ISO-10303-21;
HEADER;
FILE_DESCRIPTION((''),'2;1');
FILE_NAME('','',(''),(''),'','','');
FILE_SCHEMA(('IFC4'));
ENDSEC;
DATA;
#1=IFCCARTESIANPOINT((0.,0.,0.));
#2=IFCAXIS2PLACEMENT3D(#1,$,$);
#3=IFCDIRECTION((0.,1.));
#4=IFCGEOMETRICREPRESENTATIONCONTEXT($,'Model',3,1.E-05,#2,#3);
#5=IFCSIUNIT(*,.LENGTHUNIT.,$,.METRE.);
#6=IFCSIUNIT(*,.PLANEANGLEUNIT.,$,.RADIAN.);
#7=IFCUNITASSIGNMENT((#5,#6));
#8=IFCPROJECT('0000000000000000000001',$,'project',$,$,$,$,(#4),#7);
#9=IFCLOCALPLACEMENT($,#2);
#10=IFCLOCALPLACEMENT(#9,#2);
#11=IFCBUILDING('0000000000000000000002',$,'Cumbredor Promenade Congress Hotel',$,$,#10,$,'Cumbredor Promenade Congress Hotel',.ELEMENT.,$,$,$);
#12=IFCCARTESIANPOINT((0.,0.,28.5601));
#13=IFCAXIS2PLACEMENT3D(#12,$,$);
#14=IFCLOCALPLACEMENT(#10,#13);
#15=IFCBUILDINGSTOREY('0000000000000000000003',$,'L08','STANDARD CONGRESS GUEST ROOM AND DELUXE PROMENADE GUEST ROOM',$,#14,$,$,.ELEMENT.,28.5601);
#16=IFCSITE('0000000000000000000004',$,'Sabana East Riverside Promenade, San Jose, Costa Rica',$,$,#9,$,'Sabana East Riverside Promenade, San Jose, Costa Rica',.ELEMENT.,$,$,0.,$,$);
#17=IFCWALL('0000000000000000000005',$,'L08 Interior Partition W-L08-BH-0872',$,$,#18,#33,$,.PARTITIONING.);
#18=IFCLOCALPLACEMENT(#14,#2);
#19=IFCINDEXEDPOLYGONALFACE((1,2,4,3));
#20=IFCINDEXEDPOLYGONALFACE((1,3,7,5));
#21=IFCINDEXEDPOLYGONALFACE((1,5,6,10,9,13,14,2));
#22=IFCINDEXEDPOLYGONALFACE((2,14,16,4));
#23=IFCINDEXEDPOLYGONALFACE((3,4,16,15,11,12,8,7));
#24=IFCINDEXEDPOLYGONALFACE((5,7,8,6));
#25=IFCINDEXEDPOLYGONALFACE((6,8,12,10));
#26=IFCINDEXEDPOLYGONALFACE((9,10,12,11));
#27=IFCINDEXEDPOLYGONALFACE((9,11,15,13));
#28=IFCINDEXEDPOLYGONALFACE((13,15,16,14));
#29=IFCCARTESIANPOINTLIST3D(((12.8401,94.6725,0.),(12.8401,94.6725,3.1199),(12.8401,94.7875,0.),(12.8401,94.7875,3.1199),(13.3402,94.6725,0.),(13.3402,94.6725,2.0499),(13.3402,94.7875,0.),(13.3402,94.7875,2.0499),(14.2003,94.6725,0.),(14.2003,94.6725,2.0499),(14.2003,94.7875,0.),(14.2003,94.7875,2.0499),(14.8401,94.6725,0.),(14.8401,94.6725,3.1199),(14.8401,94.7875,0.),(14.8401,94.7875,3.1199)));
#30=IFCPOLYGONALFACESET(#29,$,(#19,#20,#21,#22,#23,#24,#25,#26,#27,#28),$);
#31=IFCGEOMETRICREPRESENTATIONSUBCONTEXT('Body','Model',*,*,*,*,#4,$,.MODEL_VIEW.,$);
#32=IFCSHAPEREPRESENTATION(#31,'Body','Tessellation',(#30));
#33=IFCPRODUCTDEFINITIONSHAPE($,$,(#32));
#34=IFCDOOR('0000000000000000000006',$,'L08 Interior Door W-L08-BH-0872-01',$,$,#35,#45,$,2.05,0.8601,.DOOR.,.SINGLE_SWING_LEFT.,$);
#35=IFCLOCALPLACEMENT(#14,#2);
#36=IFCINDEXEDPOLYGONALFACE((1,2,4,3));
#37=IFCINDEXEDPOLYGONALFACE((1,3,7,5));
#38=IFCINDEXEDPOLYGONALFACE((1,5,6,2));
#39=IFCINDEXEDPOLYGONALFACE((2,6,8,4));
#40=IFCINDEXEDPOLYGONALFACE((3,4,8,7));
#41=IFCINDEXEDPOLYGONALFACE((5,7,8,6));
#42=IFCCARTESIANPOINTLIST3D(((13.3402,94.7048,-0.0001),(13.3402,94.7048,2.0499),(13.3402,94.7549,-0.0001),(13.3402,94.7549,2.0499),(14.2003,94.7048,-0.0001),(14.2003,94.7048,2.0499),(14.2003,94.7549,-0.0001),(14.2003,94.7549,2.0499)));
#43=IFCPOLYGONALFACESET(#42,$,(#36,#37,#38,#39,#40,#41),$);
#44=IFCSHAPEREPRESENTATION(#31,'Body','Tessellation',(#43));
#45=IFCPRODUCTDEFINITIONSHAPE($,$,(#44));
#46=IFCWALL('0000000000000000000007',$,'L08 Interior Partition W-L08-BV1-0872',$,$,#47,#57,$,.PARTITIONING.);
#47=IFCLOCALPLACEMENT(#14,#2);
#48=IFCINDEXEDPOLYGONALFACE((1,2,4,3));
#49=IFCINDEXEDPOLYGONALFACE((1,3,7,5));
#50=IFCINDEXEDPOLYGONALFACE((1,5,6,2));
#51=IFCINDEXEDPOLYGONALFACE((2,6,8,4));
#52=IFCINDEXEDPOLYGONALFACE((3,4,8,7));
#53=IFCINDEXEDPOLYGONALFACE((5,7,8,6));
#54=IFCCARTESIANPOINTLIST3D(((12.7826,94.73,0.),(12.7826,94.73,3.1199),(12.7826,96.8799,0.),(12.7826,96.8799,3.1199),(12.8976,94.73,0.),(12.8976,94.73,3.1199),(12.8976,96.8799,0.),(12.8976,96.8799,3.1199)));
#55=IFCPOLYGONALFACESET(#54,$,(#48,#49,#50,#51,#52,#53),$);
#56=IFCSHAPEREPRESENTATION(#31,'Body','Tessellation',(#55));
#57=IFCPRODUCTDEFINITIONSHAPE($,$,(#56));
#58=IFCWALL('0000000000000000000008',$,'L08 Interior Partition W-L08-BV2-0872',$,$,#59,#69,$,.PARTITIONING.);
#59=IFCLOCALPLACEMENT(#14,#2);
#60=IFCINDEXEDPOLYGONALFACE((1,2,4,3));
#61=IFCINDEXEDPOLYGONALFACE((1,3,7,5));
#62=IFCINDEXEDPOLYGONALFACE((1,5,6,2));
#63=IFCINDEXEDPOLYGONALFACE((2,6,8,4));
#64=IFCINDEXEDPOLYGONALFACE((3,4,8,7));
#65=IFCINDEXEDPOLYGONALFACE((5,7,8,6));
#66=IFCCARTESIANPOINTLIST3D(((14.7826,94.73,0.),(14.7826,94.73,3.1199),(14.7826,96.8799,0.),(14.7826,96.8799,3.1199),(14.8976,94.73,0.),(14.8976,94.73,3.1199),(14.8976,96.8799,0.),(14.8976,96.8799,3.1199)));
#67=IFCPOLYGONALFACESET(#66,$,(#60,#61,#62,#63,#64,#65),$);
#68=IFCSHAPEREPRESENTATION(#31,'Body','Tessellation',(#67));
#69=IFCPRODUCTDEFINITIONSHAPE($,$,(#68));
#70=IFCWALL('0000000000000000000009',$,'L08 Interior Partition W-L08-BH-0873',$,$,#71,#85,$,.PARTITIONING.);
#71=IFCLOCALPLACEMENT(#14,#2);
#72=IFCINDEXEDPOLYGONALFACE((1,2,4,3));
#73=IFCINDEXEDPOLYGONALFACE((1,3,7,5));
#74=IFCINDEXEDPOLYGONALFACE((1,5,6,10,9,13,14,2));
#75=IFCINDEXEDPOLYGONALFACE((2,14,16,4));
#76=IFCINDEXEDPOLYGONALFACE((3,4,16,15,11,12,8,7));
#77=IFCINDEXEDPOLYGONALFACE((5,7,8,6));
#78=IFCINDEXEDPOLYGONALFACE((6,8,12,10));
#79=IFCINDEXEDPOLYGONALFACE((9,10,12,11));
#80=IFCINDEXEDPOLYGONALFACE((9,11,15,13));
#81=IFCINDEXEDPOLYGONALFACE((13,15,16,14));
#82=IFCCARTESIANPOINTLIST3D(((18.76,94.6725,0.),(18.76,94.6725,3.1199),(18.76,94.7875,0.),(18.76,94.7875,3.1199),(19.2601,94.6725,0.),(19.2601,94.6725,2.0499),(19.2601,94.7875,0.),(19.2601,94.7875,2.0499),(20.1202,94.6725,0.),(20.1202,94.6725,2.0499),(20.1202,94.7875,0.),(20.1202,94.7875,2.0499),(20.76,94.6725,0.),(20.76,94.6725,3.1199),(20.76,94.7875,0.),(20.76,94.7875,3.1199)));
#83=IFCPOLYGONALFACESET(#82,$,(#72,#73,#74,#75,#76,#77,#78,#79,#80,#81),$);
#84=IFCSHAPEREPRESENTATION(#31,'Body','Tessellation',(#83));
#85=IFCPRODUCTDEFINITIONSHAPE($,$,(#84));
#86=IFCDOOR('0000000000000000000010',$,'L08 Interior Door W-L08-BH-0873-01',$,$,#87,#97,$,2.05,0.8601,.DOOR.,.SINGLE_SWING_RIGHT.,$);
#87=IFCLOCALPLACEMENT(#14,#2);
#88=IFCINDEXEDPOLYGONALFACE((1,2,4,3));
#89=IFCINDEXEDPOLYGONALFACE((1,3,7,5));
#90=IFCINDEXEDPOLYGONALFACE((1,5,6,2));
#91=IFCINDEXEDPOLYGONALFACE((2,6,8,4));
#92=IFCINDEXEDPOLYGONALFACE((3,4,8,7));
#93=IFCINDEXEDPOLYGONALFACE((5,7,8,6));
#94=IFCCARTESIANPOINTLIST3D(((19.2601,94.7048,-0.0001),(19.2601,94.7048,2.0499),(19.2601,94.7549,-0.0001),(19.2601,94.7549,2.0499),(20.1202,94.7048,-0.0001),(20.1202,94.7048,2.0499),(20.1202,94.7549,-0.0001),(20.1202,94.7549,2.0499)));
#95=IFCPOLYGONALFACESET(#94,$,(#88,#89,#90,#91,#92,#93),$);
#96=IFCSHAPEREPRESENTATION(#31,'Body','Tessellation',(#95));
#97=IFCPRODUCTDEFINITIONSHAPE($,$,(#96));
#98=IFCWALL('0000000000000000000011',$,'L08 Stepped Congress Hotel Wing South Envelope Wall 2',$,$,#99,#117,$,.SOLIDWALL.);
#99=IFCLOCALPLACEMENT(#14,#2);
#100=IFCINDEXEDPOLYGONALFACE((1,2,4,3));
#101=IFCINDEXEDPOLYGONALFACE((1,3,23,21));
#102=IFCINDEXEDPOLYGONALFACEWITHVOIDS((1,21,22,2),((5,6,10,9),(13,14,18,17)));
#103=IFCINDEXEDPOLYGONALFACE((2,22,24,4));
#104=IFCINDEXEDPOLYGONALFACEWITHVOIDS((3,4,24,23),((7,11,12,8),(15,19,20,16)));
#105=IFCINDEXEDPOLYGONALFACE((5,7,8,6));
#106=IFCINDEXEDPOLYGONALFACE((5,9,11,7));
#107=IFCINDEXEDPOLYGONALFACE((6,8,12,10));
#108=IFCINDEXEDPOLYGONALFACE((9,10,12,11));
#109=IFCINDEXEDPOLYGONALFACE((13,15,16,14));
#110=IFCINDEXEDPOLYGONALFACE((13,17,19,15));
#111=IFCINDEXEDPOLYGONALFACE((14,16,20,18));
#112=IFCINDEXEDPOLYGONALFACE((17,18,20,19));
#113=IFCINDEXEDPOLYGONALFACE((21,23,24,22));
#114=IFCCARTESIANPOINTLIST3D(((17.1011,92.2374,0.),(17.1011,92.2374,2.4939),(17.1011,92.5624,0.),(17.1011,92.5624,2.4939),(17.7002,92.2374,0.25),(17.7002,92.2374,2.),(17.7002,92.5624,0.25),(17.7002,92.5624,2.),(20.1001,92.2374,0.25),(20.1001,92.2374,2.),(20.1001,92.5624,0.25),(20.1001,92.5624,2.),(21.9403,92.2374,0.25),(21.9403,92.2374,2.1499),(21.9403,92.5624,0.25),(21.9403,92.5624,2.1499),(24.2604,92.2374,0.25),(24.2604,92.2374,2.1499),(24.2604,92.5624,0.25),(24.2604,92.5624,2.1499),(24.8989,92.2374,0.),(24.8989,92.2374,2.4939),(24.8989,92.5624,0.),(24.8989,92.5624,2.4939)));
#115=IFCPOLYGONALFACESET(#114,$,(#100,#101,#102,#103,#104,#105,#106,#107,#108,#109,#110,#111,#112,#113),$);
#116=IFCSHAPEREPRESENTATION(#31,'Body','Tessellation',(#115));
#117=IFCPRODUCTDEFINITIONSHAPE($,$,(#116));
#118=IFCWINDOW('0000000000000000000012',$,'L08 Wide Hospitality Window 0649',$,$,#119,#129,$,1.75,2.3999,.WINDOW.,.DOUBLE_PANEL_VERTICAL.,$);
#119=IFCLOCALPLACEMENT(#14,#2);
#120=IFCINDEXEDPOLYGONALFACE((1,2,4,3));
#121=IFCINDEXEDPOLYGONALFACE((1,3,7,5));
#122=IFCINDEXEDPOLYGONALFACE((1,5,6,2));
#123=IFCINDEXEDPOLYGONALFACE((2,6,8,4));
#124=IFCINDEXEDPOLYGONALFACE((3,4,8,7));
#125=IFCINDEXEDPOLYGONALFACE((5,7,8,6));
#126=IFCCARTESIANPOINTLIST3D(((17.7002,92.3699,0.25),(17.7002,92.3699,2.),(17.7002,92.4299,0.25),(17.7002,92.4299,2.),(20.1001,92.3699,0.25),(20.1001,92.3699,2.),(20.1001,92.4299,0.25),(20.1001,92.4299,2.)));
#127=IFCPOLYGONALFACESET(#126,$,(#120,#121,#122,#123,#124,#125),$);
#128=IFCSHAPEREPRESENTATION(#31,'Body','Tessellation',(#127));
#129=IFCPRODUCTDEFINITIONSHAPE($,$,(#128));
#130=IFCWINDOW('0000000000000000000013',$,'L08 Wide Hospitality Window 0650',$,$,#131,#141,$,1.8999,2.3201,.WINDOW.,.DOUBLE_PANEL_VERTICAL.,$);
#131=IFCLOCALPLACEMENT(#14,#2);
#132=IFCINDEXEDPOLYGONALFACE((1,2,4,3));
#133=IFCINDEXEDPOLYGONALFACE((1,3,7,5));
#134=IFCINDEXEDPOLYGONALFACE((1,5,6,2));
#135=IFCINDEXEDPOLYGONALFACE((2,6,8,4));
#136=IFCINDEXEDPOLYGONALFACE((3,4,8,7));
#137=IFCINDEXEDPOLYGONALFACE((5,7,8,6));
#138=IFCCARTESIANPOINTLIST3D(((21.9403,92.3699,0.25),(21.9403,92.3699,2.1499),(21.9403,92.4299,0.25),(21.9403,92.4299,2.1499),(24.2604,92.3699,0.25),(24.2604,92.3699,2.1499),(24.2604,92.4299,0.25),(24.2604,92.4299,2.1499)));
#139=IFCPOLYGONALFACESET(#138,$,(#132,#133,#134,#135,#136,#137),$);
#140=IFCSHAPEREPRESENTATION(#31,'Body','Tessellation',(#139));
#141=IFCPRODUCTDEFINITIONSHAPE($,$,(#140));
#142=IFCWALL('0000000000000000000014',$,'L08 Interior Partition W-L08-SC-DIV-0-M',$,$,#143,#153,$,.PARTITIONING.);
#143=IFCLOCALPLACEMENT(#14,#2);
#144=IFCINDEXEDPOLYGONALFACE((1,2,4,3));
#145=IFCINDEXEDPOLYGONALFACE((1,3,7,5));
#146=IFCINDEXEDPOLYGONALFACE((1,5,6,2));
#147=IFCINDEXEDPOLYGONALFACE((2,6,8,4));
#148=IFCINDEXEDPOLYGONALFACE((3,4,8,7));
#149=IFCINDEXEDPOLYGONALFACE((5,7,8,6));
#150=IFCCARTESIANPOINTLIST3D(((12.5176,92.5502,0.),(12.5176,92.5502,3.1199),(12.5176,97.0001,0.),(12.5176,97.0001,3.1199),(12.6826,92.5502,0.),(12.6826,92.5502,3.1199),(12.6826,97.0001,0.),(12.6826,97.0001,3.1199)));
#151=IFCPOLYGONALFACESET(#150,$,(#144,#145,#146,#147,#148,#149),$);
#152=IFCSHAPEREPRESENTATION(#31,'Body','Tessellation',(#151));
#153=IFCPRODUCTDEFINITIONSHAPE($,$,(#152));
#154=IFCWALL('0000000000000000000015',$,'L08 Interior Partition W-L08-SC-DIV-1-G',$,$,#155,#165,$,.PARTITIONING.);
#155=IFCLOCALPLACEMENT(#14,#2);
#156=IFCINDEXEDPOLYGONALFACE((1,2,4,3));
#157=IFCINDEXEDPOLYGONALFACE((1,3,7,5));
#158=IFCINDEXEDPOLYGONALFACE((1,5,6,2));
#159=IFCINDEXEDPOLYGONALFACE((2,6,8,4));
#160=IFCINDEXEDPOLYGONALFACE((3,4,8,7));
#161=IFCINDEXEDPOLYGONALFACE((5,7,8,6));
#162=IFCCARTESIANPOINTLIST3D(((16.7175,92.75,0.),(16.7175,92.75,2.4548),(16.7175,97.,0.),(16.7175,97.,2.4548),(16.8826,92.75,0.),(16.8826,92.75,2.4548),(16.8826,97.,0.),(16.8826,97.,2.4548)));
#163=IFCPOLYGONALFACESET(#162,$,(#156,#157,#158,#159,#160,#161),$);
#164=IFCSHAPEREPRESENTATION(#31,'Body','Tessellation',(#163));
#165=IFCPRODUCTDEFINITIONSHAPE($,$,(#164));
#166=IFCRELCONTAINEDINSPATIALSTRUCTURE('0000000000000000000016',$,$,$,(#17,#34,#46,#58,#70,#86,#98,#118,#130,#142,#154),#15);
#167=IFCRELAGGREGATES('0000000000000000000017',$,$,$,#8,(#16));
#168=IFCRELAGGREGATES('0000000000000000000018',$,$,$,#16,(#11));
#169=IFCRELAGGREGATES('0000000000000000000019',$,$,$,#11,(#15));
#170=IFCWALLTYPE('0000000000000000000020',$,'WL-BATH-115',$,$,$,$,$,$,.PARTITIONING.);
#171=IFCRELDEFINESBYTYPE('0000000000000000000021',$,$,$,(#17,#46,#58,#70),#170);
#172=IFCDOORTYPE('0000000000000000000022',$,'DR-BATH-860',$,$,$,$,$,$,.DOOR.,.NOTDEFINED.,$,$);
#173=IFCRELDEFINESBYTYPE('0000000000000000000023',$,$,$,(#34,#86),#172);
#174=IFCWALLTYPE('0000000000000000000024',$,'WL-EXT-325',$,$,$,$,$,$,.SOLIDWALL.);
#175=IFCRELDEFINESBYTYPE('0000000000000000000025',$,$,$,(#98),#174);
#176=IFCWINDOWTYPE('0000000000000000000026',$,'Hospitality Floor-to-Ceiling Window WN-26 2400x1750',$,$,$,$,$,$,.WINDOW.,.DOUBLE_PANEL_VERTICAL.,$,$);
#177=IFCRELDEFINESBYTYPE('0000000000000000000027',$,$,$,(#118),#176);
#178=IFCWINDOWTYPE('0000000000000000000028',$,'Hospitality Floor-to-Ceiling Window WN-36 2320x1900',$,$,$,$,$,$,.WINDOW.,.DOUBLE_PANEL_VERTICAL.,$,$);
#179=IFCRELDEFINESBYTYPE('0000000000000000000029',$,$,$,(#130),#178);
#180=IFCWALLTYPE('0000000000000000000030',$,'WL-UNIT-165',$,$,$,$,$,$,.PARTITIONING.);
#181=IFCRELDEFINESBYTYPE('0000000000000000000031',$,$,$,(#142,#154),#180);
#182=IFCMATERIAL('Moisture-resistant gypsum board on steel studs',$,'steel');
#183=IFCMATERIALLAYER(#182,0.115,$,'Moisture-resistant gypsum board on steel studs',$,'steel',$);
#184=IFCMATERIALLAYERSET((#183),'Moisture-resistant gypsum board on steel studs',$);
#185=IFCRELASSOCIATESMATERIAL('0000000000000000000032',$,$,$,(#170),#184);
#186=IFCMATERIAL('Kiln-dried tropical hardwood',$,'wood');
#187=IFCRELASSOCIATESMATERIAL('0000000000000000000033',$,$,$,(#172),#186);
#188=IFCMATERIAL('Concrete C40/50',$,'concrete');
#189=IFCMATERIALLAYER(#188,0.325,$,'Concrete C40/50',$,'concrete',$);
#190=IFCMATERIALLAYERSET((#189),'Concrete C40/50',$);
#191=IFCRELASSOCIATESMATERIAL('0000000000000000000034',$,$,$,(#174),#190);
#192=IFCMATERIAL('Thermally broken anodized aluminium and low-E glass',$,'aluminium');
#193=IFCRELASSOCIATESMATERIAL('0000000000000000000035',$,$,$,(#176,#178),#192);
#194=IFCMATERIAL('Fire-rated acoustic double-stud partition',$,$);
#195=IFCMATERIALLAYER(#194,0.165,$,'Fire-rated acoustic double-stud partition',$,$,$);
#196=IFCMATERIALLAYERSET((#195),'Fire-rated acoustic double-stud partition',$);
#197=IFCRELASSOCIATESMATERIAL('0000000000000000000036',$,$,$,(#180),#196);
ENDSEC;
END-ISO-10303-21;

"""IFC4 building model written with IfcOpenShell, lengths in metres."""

from ifc_helpers import new_model, si_unit, direction, frame, frame_2d, origin, place, context, subcontext, project, spatial, rectangle, extrude, material, layer, layer_set, type_object, element, fill, save


model = new_model("IFC4")

# Units and contexts
model_context = context("Model", 3, precision=1e-05, world=origin(), true_north=direction((0.0, 1.0)))
body_context = subcontext(model_context, "Body", "Model", "MODEL_VIEW")
ifc_project = project(units=[si_unit("LENGTHUNIT", "METRE"), si_unit("PLANEANGLEUNIT", "RADIAN")], contexts=[model_context])

# Site, building, storey
site_placement = place(None, origin())
site = spatial("IfcSite", under=ifc_project, at=site_placement, Name="Sabana East Riverside Promenade, San Jose, Costa Rica", LongName="Sabana East Riverside Promenade, San Jose, Costa Rica", CompositionType="ELEMENT", RefElevation=0.0)
building_placement = place(site_placement, origin())
building = spatial("IfcBuilding", under=site, at=building_placement, Name="Cumbredor Promenade Congress Hotel", LongName="Cumbredor Promenade Congress Hotel", CompositionType="ELEMENT")
storey_placement = place(building_placement, frame((0.0, 0.0, 28.5601)))
storey = spatial("IfcBuildingStorey", under=building, at=storey_placement, Name="L08", Description="STANDARD CONGRESS GUEST ROOM AND DELUXE PROMENADE GUEST ROOM", CompositionType="ELEMENT", Elevation=28.5601)

# Shared definitions
ifc_material_1 = material(Name="Concrete C40/50", Category="concrete")

# Shared definitions
ifc_material_2 = material(Name="Thermally broken anodized aluminium and low-E glass", Category="aluminium")

# Shared definitions
ifc_material_3 = material(Name="Kiln-dried tropical hardwood", Category="wood")

# Shared definitions
ifc_material_4 = material(Name="Moisture-resistant gypsum board on steel studs", Category="steel")
ifc_layer_1 = layer(ifc_material_4, 0.115, Name="Moisture-resistant gypsum board on steel studs", Category="steel")
ifc_layer_set_1 = layer_set([ifc_layer_1], Name="Moisture-resistant gypsum board on steel studs")
wall_type_1 = type_object("IfcWallType", Name="WL-BATH-115", PredefinedType="PARTITIONING", material=ifc_layer_set_1)

# Wall, opening, door
wall_1_placement = place(storey_placement, frame((12.8401, 94.73, 0.0), z_axis=(0.0, 0.0, 1.0), x_axis=(1.0, 0.0, 0.0)))
wall_1 = element("IfcWall", 1, at=wall_1_placement, inside=storey, type_object=wall_type_1, Name="L08 Interior Partition W-L08-BH-0872", PredefinedType="PARTITIONING", context=body_context, shape_type="SweptSolid", body=[
    extrude(rectangle(XDim=2.0, YDim=0.115, at=frame_2d((1.0, 0.0))), origin(), (0.0, 0.0, 1.0), 3.1199),
])
opening_1_placement = place(wall_1_placement, frame((0.5, 0.0, 0.0)))
opening_1 = element("IfcOpeningElement", 2, at=opening_1_placement, cuts=wall_1, PredefinedType="OPENING", context=body_context, shape_type="SweptSolid", body=[
    extrude(rectangle(XDim=0.8601, YDim=2.05, at=frame_2d((0.4302, 1.0249))), frame((0.0, 0.0674, 0.0), z_axis=(0.0, -1.0, 0.0), x_axis=(1.0, 0.0, 0.0)), (0.0, 0.0, 1.0), 0.135),
])
door_type = type_object("IfcDoorType", Name="DR-BATH-860", OperationType="NOTDEFINED", PredefinedType="DOOR", material=ifc_material_3)
door_1_placement = place(opening_1_placement, origin())
door_1 = element("IfcDoor", 3, at=door_1_placement, inside=storey, type_object=door_type, Name="L08 Interior Door W-L08-BH-0872-01", OperationType="SINGLE_SWING_LEFT", OverallHeight=2.05, OverallWidth=0.8601, PredefinedType="DOOR", context=body_context, shape_type="SweptSolid", body=[
    extrude(rectangle(XDim=0.8601, YDim=2.05, at=frame_2d((0.4302, 1.0249))), frame((0.0, 0.0249, 0.0), z_axis=(0.0, -1.0, 0.0), x_axis=(1.0, 0.0, 0.0)), (0.0, 0.0, 1.0), 0.05),
])
fill(opening_1, door_1)

# Walls
for number, where, z_axis, x_axis, name in (
    (4, (12.8401, 94.73, 0.0), (0.0, 0.0, 1.0), (0.0, 1.0, 0.0), "L08 Interior Partition W-L08-BV1-0872"),
    (5, (14.8401, 94.73, 0.0), (0.0, 0.0, 1.0), (0.0, 1.0, 0.0), "L08 Interior Partition W-L08-BV2-0872"),
):
    element("IfcWall", number, at=place(storey_placement, frame(where, z_axis=z_axis, x_axis=x_axis)), inside=storey, type_object=wall_type_1, Name=name, PredefinedType="PARTITIONING", context=body_context, shape_type="SweptSolid", body=[
        extrude(rectangle(XDim=2.1499, YDim=0.115, at=frame_2d((1.075, 0.0))), origin(), (0.0, 0.0, 1.0), 3.1199),
    ])

# Wall, opening, door
wall_2_placement = place(storey_placement, frame((18.76, 94.73, 0.0), z_axis=(0.0, 0.0, 1.0), x_axis=(1.0, 0.0, 0.0)))
wall_2 = element("IfcWall", 6, at=wall_2_placement, inside=storey, type_object=wall_type_1, Name="L08 Interior Partition W-L08-BH-0873", PredefinedType="PARTITIONING", context=body_context, shape_type="SweptSolid", body=[
    extrude(rectangle(XDim=2.0, YDim=0.115, at=frame_2d((1.0, 0.0))), origin(), (0.0, 0.0, 1.0), 3.1199),
])
opening_2_placement = place(wall_2_placement, frame((0.5, 0.0, 0.0)))
opening_2 = element("IfcOpeningElement", 7, at=opening_2_placement, cuts=wall_2, PredefinedType="OPENING", context=body_context, shape_type="SweptSolid", body=[
    extrude(rectangle(XDim=0.8601, YDim=2.05, at=frame_2d((0.4302, 1.0249))), frame((0.0, 0.0674, 0.0), z_axis=(0.0, -1.0, 0.0), x_axis=(1.0, 0.0, 0.0)), (0.0, 0.0, 1.0), 0.135),
])
door_2_placement = place(opening_2_placement, origin())
door_2 = element("IfcDoor", 8, at=door_2_placement, inside=storey, type_object=door_type, Name="L08 Interior Door W-L08-BH-0873-01", OperationType="SINGLE_SWING_RIGHT", OverallHeight=2.05, OverallWidth=0.8601, PredefinedType="DOOR", context=body_context, shape_type="SweptSolid", body=[
    extrude(rectangle(XDim=0.8601, YDim=2.05, at=frame_2d((0.4302, 1.0249))), frame((0.0, 0.0249, 0.0), z_axis=(0.0, -1.0, 0.0), x_axis=(1.0, 0.0, 0.0)), (0.0, 0.0, 1.0), 0.05),
])
fill(opening_2, door_2)

# Wall, openings, windows
ifc_layer_2 = layer(ifc_material_1, 0.325, Name="Concrete C40/50", Category="concrete")
ifc_layer_set_2 = layer_set([ifc_layer_2], Name="Concrete C40/50")
wall_type_2 = type_object("IfcWallType", Name="WL-EXT-325", PredefinedType="SOLIDWALL", material=ifc_layer_set_2)
wall_3_placement = place(storey_placement, frame((17.1011, 92.3999, 0.0), z_axis=(0.0, 0.0, 1.0), x_axis=(1.0, 0.0, 0.0)))
wall_3 = element("IfcWall", 9, at=wall_3_placement, inside=storey, type_object=wall_type_2, Name="L08 Stepped Congress Hotel Wing South Envelope Wall 2", PredefinedType="SOLIDWALL", context=body_context, shape_type="SweptSolid", body=[
    extrude(rectangle(XDim=7.7979, YDim=0.325, at=frame_2d((3.8989, 0.0))), origin(), (0.0, 0.0, 1.0), 2.4939),
])
opening_3_placement = place(wall_3_placement, frame((0.5991, 0.0, 0.25)))
opening_3 = element("IfcOpeningElement", 10, at=opening_3_placement, cuts=wall_3, PredefinedType="OPENING", context=body_context, shape_type="SweptSolid", body=[
    extrude(rectangle(XDim=2.3999, YDim=1.75, at=frame_2d((1.2, 0.875))), frame((0.0, 0.1724, 0.0), z_axis=(0.0, -1.0, 0.0), x_axis=(1.0, 0.0, 0.0)), (0.0, 0.0, 1.0), 0.345),
])
opening_4_placement = place(wall_3_placement, frame((4.8391, 0.0, 0.25)))
opening_4 = element("IfcOpeningElement", 11, at=opening_4_placement, cuts=wall_3, PredefinedType="OPENING", context=body_context, shape_type="SweptSolid", body=[
    extrude(rectangle(XDim=2.3201, YDim=1.8999, at=frame_2d((1.1602, 0.95))), frame((0.0, 0.1724, 0.0), z_axis=(0.0, -1.0, 0.0), x_axis=(1.0, 0.0, 0.0)), (0.0, 0.0, 1.0), 0.345),
])
window_type_1 = type_object("IfcWindowType", Name="Hospitality Floor-to-Ceiling Window WN-26 2400x1750", PartitioningType="DOUBLE_PANEL_VERTICAL", PredefinedType="WINDOW", material=ifc_material_2)
window_1_placement = place(opening_3_placement, origin())
window_1 = element("IfcWindow", 12, at=window_1_placement, inside=storey, type_object=window_type_1, Name="L08 Wide Hospitality Window 0649", OverallHeight=1.75, OverallWidth=2.3999, PartitioningType="DOUBLE_PANEL_VERTICAL", PredefinedType="WINDOW", context=body_context, shape_type="SweptSolid", body=[
    extrude(rectangle(XDim=2.3999, YDim=1.75, at=frame_2d((1.2, 0.875))), frame((0.0, 0.03, 0.0), z_axis=(0.0, -1.0, 0.0), x_axis=(1.0, 0.0, 0.0)), (0.0, 0.0, 1.0), 0.0601),
])
fill(opening_3, window_1)
window_type_2 = type_object("IfcWindowType", Name="Hospitality Floor-to-Ceiling Window WN-36 2320x1900", PartitioningType="DOUBLE_PANEL_VERTICAL", PredefinedType="WINDOW", material=ifc_material_2)
window_2_placement = place(opening_4_placement, origin())
window_2 = element("IfcWindow", 13, at=window_2_placement, inside=storey, type_object=window_type_2, Name="L08 Wide Hospitality Window 0650", OverallHeight=1.8999, OverallWidth=2.3201, PartitioningType="DOUBLE_PANEL_VERTICAL", PredefinedType="WINDOW", context=body_context, shape_type="SweptSolid", body=[
    extrude(rectangle(XDim=2.3201, YDim=1.8999, at=frame_2d((1.1602, 0.95))), frame((0.0, 0.03, 0.0), z_axis=(0.0, -1.0, 0.0), x_axis=(1.0, 0.0, 0.0)), (0.0, 0.0, 1.0), 0.0601),
])
fill(opening_4, window_2)

# Walls
ifc_material_5 = material(Name="Fire-rated acoustic double-stud partition")
ifc_layer_3 = layer(ifc_material_5, 0.165, Name="Fire-rated acoustic double-stud partition")
ifc_layer_set_3 = layer_set([ifc_layer_3], Name="Fire-rated acoustic double-stud partition")
wall_type_3 = type_object("IfcWallType", Name="WL-UNIT-165", PredefinedType="PARTITIONING", material=ifc_layer_set_3)
wall_4_placement = place(storey_placement, frame((12.6001, 92.55, 0.0), z_axis=(0.0, 0.0, 1.0), x_axis=(0.0, 1.0, 0.0)))
element("IfcWall", 14, at=wall_4_placement, inside=storey, type_object=wall_type_3, Name="L08 Interior Partition W-L08-SC-DIV-0-M", PredefinedType="PARTITIONING", context=body_context, shape_type="SweptSolid", body=[
    extrude(rectangle(XDim=4.45, YDim=0.165, at=frame_2d((2.2251, 0.0))), origin(), (0.0, 0.0, 1.0), 3.1199),
])
wall_5_placement = place(storey_placement, frame((16.8, 92.75, 0.0), z_axis=(0.0, 0.0, 1.0), x_axis=(0.0, 1.0, 0.0)))
element("IfcWall", 15, at=wall_5_placement, inside=storey, type_object=wall_type_3, Name="L08 Interior Partition W-L08-SC-DIV-1-G", PredefinedType="PARTITIONING", context=body_context, shape_type="SweptSolid", body=[
    extrude(rectangle(XDim=4.25, YDim=0.165, at=frame_2d((2.125, 0.0))), origin(), (0.0, 0.0, 1.0), 2.4548),
])

save(model, "model.ifc")
